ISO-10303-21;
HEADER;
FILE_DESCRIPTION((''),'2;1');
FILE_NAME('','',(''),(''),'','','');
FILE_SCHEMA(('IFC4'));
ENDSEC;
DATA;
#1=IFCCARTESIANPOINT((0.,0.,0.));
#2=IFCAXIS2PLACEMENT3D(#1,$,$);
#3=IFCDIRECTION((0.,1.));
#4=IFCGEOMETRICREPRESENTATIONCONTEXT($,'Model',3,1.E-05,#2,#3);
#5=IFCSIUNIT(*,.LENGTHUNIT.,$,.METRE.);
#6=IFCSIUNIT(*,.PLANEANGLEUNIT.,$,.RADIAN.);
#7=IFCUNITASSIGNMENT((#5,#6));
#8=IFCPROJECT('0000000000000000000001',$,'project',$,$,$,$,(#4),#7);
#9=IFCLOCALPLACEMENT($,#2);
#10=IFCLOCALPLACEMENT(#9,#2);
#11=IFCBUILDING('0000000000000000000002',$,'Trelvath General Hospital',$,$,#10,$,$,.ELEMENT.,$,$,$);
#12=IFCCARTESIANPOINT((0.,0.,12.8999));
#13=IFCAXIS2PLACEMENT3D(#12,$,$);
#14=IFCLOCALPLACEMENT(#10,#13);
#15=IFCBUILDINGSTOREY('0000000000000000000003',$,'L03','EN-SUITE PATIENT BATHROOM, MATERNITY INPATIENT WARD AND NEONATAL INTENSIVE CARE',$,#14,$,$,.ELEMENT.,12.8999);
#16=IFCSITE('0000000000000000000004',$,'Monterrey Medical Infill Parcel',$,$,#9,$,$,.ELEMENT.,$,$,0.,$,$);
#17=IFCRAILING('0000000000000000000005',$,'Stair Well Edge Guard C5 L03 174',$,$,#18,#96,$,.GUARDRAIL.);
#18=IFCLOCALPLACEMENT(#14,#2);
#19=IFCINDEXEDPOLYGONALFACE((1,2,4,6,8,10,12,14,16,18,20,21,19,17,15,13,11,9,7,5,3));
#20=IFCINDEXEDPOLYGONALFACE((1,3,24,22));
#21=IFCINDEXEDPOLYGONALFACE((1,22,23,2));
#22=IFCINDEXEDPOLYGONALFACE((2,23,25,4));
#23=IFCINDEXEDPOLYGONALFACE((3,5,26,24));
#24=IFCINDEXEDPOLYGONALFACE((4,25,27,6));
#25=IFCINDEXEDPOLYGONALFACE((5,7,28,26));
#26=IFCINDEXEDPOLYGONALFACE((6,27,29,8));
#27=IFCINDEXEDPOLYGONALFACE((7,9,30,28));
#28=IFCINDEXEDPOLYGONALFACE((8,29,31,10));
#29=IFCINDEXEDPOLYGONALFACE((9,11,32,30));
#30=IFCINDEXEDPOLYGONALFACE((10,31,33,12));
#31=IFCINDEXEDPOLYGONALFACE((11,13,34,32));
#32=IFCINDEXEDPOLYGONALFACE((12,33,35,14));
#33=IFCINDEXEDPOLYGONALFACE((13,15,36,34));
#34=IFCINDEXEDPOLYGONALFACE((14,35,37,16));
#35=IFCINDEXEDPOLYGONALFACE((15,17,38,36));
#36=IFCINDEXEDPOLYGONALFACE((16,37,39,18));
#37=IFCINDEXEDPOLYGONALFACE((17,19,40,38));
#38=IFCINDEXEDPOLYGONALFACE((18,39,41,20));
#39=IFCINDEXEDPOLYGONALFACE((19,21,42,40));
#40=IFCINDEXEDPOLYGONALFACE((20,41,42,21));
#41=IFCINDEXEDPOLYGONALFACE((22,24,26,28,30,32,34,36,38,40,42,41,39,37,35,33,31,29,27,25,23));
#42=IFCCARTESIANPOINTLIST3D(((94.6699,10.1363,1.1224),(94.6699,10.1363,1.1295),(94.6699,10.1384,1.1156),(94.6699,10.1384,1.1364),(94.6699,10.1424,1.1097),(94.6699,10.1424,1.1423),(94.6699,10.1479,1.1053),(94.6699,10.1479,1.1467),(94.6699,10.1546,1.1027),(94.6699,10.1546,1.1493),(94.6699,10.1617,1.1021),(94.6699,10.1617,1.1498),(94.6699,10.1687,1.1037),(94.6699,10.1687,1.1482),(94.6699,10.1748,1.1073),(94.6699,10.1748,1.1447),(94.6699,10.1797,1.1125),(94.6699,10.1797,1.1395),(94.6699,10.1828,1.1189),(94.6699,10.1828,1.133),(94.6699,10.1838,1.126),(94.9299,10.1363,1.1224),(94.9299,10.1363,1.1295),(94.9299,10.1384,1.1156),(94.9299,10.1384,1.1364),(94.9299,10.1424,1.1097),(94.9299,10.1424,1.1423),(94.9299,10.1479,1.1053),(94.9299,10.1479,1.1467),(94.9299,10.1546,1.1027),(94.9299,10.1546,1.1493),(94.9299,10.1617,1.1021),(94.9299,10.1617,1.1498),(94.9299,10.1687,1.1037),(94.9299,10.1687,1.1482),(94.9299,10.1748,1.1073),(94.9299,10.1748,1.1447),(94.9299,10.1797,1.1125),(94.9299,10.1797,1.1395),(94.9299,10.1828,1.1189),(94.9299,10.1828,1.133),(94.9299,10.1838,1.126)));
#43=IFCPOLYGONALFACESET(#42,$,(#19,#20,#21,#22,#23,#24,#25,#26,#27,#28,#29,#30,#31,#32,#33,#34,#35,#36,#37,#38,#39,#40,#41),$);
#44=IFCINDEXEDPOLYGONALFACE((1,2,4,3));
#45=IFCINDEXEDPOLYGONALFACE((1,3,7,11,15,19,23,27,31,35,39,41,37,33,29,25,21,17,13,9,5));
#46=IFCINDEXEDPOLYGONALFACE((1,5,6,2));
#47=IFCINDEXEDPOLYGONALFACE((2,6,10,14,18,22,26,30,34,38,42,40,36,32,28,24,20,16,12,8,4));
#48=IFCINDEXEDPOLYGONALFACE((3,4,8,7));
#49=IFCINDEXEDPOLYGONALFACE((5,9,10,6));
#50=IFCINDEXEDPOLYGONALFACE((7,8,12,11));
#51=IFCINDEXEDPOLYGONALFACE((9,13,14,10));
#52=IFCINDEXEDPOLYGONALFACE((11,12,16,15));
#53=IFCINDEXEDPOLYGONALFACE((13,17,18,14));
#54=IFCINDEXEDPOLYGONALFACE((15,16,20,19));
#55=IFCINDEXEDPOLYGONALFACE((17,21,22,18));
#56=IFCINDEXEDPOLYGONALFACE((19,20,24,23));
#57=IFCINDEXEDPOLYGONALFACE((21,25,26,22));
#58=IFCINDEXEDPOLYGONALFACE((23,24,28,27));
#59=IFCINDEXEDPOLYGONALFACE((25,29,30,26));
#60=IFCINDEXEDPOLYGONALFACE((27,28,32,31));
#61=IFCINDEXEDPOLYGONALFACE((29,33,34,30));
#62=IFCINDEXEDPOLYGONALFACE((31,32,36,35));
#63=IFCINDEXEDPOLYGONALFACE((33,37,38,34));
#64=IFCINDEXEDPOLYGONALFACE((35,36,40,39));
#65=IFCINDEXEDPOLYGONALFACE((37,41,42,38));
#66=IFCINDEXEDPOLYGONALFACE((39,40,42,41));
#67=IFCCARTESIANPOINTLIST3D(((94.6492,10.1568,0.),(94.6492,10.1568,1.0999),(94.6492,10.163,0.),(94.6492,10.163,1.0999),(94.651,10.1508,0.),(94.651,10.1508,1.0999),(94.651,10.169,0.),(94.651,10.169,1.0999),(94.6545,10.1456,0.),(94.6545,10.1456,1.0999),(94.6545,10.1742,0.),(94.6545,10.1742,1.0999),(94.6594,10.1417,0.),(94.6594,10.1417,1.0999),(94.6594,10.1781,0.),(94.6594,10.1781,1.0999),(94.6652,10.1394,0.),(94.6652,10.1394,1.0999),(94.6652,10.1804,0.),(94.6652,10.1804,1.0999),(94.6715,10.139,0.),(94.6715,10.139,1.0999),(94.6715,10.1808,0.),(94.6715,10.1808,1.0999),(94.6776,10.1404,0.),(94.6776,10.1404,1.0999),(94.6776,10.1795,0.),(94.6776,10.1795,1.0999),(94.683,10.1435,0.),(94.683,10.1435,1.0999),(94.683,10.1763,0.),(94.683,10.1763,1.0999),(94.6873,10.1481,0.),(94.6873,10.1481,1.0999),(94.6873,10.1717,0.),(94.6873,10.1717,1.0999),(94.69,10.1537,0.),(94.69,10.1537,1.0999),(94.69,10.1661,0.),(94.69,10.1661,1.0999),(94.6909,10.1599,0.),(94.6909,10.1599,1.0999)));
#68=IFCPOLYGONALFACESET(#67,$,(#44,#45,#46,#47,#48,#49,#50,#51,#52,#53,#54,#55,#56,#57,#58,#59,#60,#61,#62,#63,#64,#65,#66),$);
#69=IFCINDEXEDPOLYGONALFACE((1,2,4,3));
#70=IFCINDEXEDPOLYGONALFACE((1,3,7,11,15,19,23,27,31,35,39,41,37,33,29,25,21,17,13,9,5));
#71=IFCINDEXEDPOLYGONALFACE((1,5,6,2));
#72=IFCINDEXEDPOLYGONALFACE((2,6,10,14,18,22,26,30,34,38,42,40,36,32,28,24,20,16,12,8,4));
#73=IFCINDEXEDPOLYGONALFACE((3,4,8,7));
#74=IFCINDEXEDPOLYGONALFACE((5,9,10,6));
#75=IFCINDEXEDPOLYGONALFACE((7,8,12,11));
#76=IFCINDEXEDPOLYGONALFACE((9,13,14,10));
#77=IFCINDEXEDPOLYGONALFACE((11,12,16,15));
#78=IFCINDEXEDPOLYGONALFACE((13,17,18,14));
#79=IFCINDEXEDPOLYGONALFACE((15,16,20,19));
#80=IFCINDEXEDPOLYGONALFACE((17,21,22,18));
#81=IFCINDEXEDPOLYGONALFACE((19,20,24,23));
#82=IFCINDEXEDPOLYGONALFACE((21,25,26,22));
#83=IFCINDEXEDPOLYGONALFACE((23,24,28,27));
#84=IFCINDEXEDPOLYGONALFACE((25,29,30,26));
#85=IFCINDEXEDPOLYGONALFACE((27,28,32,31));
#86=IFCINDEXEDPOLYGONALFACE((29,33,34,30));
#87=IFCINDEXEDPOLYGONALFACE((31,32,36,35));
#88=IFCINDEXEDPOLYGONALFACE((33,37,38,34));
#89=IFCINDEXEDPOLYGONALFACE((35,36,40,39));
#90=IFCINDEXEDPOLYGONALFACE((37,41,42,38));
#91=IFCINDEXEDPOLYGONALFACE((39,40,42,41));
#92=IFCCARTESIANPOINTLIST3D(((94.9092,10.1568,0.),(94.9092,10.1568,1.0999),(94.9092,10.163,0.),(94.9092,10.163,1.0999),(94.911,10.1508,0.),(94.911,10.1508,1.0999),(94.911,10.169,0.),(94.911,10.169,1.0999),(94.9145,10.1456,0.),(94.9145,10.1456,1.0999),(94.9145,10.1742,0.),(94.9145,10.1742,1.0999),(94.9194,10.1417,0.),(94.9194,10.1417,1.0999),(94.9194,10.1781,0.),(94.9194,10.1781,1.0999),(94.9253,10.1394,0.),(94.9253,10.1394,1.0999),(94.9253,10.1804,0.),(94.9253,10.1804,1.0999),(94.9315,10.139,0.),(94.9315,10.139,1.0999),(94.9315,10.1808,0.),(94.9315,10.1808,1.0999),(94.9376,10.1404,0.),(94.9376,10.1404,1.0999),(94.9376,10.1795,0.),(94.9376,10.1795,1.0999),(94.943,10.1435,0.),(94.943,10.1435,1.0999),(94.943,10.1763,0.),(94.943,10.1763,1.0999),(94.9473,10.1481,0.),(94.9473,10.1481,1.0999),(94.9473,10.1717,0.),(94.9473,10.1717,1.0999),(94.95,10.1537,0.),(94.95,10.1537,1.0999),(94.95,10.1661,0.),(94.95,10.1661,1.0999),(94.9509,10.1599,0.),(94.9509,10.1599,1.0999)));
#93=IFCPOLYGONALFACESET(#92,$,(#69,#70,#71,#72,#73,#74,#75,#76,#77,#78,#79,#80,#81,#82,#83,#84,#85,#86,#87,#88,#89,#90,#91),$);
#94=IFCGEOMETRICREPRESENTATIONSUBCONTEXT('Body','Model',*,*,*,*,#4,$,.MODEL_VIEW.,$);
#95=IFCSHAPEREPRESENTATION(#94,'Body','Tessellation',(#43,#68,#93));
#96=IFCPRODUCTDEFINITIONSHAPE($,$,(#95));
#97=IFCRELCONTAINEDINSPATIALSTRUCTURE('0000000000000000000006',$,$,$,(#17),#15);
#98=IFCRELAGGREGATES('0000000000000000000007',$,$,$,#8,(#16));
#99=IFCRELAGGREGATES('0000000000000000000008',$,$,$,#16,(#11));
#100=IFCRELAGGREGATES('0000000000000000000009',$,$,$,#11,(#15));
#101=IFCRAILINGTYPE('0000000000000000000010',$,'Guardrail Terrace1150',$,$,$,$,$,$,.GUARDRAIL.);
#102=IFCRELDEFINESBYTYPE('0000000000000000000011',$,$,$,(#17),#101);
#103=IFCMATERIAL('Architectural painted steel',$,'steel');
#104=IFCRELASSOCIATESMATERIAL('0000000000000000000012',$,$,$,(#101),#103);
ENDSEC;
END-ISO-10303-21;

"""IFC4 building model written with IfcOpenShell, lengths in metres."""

from ifc_helpers import new_model, si_unit, direction, frame, origin, origin_2d, place, context, subcontext, project, spatial, circle, extrude, material, type_object, element, save


model = new_model("IFC4")

# Units and contexts
model_context = context("Model", 3, precision=1e-05, world=origin(), true_north=direction((0.0, 1.0)))
body_context = subcontext(model_context, "Body", "Model", "MODEL_VIEW")
ifc_project = project(units=[si_unit("LENGTHUNIT", "METRE"), si_unit("PLANEANGLEUNIT", "RADIAN")], contexts=[model_context])

# Site, building, storey
site_placement = place(None, origin())
site = spatial("IfcSite", under=ifc_project, at=site_placement, Name="Monterrey Medical Infill Parcel", CompositionType="ELEMENT", RefElevation=0.0)
building_placement = place(site_placement, origin())
building = spatial("IfcBuilding", under=site, at=building_placement, Name="Trelvath General Hospital", CompositionType="ELEMENT")
storey_placement = place(building_placement, frame((0.0, 0.0, 12.8999)))
storey = spatial("IfcBuildingStorey", under=building, at=storey_placement, Name="L03", Description="EN-SUITE PATIENT BATHROOM, MATERNITY INPATIENT WARD AND NEONATAL INTENSIVE CARE", CompositionType="ELEMENT", Elevation=12.8999)

# Railing
ifc_material_1 = material(Name="Architectural painted steel", Category="steel")
railing_type_1 = type_object("IfcRailingType", Name="Guardrail Terrace1150", PredefinedType="GUARDRAIL", material=ifc_material_1)
railing_1_placement = place(storey_placement, frame((94.6699, 10.1599, 0.0)))
element("IfcRailing", 1, at=railing_1_placement, inside=storey, type_object=railing_type_1, Name="Stair Well Edge Guard C5 L03 174", PredefinedType="GUARDRAIL", context=body_context, shape_type="SweptSolid", body=[
    extrude(circle(Radius=0.0239, at=origin_2d()), frame((0.0, 0.0, 1.126), z_axis=(1.0, 0.0, 0.0), x_axis=(0.0, 1.0, 0.0)), (0.0, 0.0, 1.0), 0.26),
    extrude(circle(Radius=0.021, at=origin_2d()), origin(), (0.0, 0.0, 1.0), 1.0999),
    extrude(circle(Radius=0.021, at=origin_2d()), frame((0.26, 0.0, 0.0)), (0.0, 0.0, 1.0), 1.0999),
])

save(model, "model.ifc")
